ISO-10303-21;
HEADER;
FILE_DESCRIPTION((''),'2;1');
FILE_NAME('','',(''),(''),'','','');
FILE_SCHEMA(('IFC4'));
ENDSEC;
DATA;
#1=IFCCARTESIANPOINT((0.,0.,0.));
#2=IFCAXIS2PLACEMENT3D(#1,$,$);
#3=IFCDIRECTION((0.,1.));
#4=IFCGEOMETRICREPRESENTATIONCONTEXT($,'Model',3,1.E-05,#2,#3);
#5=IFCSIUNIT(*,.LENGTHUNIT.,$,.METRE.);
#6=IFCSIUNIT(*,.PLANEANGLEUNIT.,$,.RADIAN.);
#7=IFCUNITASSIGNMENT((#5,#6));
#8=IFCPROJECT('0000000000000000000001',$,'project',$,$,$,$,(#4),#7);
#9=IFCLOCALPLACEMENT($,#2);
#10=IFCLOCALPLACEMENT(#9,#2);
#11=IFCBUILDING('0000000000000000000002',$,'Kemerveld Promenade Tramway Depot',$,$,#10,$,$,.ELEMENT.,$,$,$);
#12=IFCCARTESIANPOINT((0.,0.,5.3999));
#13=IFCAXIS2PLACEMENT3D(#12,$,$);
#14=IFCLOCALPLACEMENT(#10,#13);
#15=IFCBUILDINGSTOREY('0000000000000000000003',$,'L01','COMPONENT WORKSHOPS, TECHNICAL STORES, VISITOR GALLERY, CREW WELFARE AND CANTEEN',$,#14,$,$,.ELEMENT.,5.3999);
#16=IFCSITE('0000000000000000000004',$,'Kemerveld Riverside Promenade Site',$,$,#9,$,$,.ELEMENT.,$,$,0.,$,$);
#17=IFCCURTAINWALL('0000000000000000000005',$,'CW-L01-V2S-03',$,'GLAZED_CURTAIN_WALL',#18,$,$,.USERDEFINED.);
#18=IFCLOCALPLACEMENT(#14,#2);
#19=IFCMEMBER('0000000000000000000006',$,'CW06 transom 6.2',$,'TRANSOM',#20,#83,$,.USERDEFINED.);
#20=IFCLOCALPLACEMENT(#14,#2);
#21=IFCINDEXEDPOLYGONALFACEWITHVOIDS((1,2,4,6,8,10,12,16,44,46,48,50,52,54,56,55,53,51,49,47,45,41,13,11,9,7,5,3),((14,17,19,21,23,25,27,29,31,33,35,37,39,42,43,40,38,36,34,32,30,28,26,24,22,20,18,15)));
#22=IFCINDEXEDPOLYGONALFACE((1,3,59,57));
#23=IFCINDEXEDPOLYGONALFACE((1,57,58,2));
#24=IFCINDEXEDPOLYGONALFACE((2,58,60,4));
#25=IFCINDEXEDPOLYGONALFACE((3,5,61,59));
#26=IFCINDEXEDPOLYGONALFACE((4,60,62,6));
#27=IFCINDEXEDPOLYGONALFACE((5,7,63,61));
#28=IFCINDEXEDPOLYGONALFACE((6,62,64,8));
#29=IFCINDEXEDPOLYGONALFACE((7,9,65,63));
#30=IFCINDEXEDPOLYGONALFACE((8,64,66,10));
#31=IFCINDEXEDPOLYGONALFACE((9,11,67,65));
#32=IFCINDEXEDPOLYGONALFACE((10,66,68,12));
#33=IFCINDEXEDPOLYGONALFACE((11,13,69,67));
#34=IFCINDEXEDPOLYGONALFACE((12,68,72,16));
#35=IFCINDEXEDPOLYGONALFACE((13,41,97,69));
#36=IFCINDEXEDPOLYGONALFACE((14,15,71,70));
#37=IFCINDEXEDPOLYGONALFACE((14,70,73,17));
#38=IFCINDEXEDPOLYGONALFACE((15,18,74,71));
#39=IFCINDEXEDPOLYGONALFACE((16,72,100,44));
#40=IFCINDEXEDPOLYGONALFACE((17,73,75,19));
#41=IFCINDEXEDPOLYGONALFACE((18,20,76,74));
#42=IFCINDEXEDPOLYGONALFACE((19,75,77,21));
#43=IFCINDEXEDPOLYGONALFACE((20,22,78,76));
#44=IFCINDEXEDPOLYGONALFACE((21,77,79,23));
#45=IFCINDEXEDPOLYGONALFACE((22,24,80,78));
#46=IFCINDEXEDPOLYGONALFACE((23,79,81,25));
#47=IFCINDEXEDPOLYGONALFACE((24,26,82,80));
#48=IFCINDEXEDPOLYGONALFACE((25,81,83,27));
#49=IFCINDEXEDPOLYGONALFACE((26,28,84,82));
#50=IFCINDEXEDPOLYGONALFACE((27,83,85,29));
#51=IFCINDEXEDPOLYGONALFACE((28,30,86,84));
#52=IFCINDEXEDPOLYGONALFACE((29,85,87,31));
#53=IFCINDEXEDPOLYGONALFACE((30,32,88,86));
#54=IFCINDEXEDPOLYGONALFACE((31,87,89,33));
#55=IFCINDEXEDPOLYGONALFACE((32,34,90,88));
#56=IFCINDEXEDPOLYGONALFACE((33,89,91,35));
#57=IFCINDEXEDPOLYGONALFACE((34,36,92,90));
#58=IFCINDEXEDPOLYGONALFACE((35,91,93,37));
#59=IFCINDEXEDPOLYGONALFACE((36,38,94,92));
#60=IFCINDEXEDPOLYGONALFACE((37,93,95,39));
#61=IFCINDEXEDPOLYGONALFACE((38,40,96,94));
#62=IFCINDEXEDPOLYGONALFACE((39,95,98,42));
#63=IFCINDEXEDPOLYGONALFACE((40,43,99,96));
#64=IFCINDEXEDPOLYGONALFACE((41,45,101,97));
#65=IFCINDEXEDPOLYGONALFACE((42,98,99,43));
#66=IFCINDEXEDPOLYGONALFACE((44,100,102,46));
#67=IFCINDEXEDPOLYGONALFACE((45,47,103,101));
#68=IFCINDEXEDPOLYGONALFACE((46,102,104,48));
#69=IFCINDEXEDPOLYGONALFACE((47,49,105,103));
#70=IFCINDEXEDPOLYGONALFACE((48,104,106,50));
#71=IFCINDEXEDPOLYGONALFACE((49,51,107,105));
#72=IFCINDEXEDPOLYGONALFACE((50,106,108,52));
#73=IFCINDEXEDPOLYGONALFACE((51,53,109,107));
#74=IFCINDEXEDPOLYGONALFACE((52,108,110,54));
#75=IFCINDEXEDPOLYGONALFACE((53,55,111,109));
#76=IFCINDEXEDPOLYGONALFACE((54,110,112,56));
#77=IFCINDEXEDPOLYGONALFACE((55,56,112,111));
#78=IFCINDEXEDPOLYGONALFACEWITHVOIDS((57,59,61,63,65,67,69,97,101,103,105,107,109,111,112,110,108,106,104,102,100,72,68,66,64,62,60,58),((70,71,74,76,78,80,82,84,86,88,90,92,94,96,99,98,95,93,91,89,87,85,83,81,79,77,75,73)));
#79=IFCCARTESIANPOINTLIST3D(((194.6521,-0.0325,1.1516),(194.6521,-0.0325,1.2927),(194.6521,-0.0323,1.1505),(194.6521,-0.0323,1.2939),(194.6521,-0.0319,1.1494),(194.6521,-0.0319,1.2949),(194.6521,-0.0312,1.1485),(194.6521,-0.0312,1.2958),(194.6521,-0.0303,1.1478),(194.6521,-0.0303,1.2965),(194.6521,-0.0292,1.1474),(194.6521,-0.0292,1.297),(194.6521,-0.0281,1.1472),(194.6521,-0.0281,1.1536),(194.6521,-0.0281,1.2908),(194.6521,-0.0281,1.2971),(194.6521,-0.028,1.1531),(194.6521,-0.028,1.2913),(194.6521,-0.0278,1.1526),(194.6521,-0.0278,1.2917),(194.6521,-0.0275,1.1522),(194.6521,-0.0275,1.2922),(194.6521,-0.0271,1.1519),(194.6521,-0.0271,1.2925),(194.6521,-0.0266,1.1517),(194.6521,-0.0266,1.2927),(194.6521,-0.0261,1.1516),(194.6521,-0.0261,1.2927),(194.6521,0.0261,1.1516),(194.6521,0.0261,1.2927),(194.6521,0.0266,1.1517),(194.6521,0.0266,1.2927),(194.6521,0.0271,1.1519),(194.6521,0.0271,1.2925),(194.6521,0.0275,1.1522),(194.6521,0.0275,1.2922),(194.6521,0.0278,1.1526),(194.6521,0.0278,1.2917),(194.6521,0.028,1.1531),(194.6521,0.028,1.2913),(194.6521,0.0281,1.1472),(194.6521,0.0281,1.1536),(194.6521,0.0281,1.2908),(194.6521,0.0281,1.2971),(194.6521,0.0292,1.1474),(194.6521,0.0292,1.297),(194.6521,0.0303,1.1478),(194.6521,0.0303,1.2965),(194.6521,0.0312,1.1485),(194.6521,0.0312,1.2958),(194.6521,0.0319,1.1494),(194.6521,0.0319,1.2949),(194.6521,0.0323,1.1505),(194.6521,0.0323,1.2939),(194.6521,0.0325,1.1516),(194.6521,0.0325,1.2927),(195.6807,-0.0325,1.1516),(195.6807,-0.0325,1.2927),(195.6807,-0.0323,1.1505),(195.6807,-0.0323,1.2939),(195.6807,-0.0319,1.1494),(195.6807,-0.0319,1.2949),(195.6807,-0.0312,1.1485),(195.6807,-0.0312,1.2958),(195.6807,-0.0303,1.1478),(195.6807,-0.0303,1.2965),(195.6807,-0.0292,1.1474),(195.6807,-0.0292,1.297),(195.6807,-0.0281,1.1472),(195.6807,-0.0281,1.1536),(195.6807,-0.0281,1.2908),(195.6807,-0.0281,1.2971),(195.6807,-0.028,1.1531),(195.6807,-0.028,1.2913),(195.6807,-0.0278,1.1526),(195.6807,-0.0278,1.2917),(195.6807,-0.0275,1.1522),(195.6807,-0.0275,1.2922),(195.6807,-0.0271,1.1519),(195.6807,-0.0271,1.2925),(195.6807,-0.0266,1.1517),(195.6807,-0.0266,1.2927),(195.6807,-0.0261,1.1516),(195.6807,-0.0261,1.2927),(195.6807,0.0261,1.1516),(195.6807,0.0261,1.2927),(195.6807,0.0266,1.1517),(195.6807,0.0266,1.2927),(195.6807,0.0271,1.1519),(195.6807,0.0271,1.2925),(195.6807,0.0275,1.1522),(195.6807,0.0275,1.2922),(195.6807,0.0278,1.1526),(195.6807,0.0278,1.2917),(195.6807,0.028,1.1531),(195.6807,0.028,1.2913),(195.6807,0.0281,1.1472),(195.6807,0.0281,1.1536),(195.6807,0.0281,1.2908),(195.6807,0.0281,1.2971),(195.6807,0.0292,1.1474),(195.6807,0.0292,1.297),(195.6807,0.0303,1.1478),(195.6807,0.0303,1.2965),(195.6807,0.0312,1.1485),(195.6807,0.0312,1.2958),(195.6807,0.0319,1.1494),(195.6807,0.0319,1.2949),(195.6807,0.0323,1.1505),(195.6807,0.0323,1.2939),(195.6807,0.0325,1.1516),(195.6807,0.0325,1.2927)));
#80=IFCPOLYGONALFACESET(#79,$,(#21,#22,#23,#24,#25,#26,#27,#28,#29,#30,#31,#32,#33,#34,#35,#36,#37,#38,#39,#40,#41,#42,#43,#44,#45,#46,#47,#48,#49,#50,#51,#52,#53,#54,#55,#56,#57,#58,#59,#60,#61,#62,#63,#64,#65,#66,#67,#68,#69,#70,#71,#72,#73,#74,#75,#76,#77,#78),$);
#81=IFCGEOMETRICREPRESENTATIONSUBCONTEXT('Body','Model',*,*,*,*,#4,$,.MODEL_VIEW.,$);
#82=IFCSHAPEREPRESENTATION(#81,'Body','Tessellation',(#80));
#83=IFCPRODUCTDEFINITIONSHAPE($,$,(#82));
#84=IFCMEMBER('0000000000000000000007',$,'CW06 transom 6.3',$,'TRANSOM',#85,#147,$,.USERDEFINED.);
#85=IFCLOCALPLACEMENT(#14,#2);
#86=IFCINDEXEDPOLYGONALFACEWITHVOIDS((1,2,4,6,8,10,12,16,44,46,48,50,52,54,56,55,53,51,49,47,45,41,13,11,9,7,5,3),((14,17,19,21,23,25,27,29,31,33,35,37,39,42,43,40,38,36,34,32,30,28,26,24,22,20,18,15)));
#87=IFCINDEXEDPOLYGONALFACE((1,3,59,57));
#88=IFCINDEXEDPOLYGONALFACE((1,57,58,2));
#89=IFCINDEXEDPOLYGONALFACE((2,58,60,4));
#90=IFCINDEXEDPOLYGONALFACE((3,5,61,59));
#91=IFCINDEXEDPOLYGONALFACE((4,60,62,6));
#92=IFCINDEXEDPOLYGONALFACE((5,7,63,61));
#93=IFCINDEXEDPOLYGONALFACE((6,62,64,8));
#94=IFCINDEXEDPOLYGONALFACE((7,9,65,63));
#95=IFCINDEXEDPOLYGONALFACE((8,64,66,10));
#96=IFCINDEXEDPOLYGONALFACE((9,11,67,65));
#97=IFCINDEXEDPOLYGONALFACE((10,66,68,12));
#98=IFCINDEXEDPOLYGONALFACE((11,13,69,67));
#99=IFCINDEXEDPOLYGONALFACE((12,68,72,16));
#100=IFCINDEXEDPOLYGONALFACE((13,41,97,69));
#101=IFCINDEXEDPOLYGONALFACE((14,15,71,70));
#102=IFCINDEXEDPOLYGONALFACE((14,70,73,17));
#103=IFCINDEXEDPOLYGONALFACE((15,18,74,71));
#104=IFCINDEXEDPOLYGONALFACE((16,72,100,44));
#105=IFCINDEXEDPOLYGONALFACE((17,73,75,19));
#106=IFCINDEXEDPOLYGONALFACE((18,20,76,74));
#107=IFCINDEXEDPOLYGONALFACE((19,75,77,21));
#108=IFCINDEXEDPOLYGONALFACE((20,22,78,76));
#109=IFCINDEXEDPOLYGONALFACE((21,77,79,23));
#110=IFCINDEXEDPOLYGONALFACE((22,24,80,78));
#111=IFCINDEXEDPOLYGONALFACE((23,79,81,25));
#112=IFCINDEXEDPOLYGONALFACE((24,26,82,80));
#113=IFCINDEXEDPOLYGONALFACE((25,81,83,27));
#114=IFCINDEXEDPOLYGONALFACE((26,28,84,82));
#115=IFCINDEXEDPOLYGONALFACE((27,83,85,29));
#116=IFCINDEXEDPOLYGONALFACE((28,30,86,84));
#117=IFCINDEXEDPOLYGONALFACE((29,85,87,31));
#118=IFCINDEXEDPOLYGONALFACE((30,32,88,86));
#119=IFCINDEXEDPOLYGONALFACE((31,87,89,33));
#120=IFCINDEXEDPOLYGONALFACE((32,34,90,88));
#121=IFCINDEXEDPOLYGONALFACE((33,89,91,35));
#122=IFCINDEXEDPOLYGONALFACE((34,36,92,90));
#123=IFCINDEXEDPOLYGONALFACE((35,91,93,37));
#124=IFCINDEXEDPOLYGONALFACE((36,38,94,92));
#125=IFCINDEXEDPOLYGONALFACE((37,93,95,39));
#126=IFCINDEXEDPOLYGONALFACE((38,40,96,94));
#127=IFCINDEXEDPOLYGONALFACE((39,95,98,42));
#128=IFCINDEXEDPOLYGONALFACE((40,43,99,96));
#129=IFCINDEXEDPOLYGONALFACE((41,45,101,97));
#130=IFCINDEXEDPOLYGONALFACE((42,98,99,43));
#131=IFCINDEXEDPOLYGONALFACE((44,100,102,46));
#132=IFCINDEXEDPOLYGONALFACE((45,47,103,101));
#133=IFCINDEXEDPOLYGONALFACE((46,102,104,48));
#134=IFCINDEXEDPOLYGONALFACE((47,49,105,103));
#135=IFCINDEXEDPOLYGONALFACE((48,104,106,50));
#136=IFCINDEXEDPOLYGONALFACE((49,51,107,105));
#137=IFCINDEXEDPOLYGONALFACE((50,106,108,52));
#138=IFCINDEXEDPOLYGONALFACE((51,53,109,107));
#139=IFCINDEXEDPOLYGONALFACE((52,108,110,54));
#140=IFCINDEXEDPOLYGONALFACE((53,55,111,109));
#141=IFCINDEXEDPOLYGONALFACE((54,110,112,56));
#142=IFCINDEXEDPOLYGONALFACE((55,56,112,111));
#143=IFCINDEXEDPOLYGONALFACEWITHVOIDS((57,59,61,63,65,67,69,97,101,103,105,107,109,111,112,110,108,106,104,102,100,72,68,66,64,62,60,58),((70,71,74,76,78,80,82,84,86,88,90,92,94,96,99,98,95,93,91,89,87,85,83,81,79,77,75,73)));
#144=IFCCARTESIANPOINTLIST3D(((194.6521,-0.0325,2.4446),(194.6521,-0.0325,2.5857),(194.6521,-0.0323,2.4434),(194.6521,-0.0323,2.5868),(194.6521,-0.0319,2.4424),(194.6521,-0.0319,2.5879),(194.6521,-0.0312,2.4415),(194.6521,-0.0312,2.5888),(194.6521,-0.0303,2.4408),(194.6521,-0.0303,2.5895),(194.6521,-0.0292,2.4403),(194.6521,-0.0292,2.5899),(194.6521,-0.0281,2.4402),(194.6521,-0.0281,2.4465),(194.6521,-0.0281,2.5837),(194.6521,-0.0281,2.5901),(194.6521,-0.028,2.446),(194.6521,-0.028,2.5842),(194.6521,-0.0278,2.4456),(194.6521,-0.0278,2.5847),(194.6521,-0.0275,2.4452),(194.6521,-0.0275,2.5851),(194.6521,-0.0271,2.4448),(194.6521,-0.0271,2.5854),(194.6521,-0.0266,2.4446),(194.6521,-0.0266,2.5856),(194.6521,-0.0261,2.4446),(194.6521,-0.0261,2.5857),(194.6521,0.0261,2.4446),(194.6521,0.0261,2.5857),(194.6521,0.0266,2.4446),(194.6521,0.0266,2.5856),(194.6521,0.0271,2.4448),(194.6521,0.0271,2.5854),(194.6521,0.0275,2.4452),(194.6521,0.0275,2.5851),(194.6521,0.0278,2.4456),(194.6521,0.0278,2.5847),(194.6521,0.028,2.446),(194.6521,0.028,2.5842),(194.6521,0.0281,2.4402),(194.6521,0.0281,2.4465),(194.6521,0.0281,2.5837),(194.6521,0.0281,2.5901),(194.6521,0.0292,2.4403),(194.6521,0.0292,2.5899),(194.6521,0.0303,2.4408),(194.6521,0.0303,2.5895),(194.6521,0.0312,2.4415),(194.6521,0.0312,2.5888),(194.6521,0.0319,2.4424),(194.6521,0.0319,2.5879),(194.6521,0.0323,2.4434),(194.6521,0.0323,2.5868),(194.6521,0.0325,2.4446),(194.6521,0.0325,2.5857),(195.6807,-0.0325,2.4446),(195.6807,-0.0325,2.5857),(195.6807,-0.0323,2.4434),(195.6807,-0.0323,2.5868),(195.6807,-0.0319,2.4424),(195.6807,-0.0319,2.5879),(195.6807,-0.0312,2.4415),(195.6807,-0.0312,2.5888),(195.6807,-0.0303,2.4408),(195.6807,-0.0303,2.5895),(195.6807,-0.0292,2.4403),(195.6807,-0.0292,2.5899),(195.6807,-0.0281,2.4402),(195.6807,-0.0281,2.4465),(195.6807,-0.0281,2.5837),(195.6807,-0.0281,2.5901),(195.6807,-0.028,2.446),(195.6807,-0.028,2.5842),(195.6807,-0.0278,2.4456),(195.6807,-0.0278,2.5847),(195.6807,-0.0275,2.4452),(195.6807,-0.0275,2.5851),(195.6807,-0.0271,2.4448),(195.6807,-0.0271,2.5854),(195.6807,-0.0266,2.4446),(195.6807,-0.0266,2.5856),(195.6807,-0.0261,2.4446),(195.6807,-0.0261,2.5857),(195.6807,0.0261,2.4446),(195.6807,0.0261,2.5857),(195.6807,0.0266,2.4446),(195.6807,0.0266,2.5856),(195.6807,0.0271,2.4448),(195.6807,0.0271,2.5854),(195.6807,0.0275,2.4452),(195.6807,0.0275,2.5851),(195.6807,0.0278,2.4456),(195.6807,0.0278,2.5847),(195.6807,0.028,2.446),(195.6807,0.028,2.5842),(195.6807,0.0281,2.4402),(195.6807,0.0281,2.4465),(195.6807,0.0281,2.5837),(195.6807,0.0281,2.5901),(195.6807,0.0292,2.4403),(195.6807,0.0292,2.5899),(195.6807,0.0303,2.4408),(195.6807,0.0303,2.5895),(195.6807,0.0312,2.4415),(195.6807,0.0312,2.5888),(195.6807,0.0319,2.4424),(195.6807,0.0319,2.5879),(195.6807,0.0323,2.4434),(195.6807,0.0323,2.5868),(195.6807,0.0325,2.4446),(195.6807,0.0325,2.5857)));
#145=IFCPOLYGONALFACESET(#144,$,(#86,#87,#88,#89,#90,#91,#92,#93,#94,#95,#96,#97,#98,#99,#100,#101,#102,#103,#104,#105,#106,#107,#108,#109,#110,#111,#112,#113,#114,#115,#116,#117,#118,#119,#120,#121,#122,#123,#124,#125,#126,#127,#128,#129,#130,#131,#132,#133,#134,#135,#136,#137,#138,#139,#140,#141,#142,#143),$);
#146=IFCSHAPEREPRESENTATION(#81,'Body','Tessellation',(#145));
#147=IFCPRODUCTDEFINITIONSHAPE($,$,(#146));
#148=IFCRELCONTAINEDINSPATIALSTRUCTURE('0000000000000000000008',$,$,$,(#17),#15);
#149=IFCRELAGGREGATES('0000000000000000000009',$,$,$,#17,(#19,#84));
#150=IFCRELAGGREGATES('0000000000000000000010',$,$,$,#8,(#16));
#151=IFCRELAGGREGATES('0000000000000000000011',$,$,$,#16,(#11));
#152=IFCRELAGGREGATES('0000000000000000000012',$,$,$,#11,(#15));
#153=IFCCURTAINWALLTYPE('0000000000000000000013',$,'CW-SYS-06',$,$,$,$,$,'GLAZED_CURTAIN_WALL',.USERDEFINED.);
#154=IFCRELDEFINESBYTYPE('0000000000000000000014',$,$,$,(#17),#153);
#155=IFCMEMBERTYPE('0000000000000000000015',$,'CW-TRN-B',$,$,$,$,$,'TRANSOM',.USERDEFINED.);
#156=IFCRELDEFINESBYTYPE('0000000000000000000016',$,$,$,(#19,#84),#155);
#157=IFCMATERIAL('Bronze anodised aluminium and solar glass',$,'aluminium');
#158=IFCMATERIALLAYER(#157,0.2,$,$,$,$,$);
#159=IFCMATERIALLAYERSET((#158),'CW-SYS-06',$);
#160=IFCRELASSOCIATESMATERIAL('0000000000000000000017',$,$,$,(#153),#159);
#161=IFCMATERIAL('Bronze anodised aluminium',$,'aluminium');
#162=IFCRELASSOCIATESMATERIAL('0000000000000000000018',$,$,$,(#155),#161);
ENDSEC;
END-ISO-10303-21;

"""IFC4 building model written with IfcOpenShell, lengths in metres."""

from ifc_helpers import new_model, si_unit, direction, frame, origin, origin_2d, place, context, subcontext, project, spatial, hollow_rectangle, extrude, material, layer, layer_set, material_profile, profile_set, type_object, element, aggregate, save


model = new_model("IFC4")

# Units and contexts
model_context = context("Model", 3, precision=1e-05, world=origin(), true_north=direction((0.0, 1.0)))
body_context = subcontext(model_context, "Body", "Model", "MODEL_VIEW")
ifc_project = project(units=[si_unit("LENGTHUNIT", "METRE"), si_unit("PLANEANGLEUNIT", "RADIAN")], contexts=[model_context])

# Site, building, storey
site_placement = place(None, origin())
site = spatial("IfcSite", under=ifc_project, at=site_placement, Name="Kemerveld Riverside Promenade Site", CompositionType="ELEMENT", RefElevation=0.0)
building_placement = place(site_placement, origin())
building = spatial("IfcBuilding", under=site, at=building_placement, Name="Kemerveld Promenade Tramway Depot", CompositionType="ELEMENT")
storey_placement = place(building_placement, frame((0.0, 0.0, 5.3999)))
storey = spatial("IfcBuildingStorey", under=building, at=storey_placement, Name="L01", Description="COMPONENT WORKSHOPS, TECHNICAL STORES, VISITOR GALLERY, CREW WELFARE AND CANTEEN", CompositionType="ELEMENT", Elevation=5.3999)

# Curtain wall, members
ifc_material_1 = material(Name="Bronze anodised aluminium and solar glass", Category="aluminium")
ifc_layer_1 = layer(ifc_material_1, 0.2)
ifc_layer_set_1 = layer_set([ifc_layer_1], Name="CW-SYS-06")
curtain_wall_type = type_object("IfcCurtainWallType", Name="CW-SYS-06", ElementType="GLAZED_CURTAIN_WALL", PredefinedType="USERDEFINED", material=ifc_layer_set_1)
curtain_wall_placement = place(storey_placement, origin())
curtain_wall = element("IfcCurtainWall", 1, at=curtain_wall_placement, inside=storey, type_object=curtain_wall_type, Name="CW-L01-V2S-03", ObjectType="GLAZED_CURTAIN_WALL", PredefinedType="USERDEFINED")
ifc_material_2 = material(Name="Bronze anodised aluminium", Category="aluminium")
ifc_material_profile_1 = material_profile(ifc_material_2, hollow_rectangle(XDim=0.0649, YDim=0.1499, WallThickness=0.0044, InnerFilletRadius=0.002, OuterFilletRadius=0.0044, at=origin_2d()), Name="CW-TRN-150x65")
ifc_profile_set_1 = profile_set([ifc_material_profile_1], Name="Bronze anodised aluminium")
member_type_1 = type_object("IfcMemberType", Name="CW-TRN-B", ElementType="TRANSOM", PredefinedType="USERDEFINED", material=ifc_profile_set_1)
member_1_placement = place(storey_placement, frame((195.6807, 0.0, 1.2222), z_axis=(-1.0, 0.0, 0.0), x_axis=(0.0, -1.0, 0.0)))
member_1 = element("IfcMember", 2, at=member_1_placement, type_object=member_type_1, Name="CW06 transom 6.2", ObjectType="TRANSOM", PredefinedType="USERDEFINED", context=body_context, shape_type="SweptSolid", body=[
    extrude(hollow_rectangle(XDim=0.0649, YDim=0.1499, WallThickness=0.0044, InnerFilletRadius=0.002, OuterFilletRadius=0.0044, at=origin_2d()), origin(), (0.0, 0.0, 1.0), 1.0286),
])
member_2_placement = place(storey_placement, frame((195.6807, 0.0, 2.5151), z_axis=(-1.0, 0.0, 0.0), x_axis=(0.0, -1.0, 0.0)))
member_2 = element("IfcMember", 3, at=member_2_placement, type_object=member_type_1, Name="CW06 transom 6.3", ObjectType="TRANSOM", PredefinedType="USERDEFINED", context=body_context, shape_type="SweptSolid", body=[
    extrude(hollow_rectangle(XDim=0.0649, YDim=0.1499, WallThickness=0.0044, InnerFilletRadius=0.002, OuterFilletRadius=0.0044, at=origin_2d()), origin(), (0.0, 0.0, 1.0), 1.0286),
])
aggregate(curtain_wall, [member_1, member_2])

save(model, "model.ifc")
